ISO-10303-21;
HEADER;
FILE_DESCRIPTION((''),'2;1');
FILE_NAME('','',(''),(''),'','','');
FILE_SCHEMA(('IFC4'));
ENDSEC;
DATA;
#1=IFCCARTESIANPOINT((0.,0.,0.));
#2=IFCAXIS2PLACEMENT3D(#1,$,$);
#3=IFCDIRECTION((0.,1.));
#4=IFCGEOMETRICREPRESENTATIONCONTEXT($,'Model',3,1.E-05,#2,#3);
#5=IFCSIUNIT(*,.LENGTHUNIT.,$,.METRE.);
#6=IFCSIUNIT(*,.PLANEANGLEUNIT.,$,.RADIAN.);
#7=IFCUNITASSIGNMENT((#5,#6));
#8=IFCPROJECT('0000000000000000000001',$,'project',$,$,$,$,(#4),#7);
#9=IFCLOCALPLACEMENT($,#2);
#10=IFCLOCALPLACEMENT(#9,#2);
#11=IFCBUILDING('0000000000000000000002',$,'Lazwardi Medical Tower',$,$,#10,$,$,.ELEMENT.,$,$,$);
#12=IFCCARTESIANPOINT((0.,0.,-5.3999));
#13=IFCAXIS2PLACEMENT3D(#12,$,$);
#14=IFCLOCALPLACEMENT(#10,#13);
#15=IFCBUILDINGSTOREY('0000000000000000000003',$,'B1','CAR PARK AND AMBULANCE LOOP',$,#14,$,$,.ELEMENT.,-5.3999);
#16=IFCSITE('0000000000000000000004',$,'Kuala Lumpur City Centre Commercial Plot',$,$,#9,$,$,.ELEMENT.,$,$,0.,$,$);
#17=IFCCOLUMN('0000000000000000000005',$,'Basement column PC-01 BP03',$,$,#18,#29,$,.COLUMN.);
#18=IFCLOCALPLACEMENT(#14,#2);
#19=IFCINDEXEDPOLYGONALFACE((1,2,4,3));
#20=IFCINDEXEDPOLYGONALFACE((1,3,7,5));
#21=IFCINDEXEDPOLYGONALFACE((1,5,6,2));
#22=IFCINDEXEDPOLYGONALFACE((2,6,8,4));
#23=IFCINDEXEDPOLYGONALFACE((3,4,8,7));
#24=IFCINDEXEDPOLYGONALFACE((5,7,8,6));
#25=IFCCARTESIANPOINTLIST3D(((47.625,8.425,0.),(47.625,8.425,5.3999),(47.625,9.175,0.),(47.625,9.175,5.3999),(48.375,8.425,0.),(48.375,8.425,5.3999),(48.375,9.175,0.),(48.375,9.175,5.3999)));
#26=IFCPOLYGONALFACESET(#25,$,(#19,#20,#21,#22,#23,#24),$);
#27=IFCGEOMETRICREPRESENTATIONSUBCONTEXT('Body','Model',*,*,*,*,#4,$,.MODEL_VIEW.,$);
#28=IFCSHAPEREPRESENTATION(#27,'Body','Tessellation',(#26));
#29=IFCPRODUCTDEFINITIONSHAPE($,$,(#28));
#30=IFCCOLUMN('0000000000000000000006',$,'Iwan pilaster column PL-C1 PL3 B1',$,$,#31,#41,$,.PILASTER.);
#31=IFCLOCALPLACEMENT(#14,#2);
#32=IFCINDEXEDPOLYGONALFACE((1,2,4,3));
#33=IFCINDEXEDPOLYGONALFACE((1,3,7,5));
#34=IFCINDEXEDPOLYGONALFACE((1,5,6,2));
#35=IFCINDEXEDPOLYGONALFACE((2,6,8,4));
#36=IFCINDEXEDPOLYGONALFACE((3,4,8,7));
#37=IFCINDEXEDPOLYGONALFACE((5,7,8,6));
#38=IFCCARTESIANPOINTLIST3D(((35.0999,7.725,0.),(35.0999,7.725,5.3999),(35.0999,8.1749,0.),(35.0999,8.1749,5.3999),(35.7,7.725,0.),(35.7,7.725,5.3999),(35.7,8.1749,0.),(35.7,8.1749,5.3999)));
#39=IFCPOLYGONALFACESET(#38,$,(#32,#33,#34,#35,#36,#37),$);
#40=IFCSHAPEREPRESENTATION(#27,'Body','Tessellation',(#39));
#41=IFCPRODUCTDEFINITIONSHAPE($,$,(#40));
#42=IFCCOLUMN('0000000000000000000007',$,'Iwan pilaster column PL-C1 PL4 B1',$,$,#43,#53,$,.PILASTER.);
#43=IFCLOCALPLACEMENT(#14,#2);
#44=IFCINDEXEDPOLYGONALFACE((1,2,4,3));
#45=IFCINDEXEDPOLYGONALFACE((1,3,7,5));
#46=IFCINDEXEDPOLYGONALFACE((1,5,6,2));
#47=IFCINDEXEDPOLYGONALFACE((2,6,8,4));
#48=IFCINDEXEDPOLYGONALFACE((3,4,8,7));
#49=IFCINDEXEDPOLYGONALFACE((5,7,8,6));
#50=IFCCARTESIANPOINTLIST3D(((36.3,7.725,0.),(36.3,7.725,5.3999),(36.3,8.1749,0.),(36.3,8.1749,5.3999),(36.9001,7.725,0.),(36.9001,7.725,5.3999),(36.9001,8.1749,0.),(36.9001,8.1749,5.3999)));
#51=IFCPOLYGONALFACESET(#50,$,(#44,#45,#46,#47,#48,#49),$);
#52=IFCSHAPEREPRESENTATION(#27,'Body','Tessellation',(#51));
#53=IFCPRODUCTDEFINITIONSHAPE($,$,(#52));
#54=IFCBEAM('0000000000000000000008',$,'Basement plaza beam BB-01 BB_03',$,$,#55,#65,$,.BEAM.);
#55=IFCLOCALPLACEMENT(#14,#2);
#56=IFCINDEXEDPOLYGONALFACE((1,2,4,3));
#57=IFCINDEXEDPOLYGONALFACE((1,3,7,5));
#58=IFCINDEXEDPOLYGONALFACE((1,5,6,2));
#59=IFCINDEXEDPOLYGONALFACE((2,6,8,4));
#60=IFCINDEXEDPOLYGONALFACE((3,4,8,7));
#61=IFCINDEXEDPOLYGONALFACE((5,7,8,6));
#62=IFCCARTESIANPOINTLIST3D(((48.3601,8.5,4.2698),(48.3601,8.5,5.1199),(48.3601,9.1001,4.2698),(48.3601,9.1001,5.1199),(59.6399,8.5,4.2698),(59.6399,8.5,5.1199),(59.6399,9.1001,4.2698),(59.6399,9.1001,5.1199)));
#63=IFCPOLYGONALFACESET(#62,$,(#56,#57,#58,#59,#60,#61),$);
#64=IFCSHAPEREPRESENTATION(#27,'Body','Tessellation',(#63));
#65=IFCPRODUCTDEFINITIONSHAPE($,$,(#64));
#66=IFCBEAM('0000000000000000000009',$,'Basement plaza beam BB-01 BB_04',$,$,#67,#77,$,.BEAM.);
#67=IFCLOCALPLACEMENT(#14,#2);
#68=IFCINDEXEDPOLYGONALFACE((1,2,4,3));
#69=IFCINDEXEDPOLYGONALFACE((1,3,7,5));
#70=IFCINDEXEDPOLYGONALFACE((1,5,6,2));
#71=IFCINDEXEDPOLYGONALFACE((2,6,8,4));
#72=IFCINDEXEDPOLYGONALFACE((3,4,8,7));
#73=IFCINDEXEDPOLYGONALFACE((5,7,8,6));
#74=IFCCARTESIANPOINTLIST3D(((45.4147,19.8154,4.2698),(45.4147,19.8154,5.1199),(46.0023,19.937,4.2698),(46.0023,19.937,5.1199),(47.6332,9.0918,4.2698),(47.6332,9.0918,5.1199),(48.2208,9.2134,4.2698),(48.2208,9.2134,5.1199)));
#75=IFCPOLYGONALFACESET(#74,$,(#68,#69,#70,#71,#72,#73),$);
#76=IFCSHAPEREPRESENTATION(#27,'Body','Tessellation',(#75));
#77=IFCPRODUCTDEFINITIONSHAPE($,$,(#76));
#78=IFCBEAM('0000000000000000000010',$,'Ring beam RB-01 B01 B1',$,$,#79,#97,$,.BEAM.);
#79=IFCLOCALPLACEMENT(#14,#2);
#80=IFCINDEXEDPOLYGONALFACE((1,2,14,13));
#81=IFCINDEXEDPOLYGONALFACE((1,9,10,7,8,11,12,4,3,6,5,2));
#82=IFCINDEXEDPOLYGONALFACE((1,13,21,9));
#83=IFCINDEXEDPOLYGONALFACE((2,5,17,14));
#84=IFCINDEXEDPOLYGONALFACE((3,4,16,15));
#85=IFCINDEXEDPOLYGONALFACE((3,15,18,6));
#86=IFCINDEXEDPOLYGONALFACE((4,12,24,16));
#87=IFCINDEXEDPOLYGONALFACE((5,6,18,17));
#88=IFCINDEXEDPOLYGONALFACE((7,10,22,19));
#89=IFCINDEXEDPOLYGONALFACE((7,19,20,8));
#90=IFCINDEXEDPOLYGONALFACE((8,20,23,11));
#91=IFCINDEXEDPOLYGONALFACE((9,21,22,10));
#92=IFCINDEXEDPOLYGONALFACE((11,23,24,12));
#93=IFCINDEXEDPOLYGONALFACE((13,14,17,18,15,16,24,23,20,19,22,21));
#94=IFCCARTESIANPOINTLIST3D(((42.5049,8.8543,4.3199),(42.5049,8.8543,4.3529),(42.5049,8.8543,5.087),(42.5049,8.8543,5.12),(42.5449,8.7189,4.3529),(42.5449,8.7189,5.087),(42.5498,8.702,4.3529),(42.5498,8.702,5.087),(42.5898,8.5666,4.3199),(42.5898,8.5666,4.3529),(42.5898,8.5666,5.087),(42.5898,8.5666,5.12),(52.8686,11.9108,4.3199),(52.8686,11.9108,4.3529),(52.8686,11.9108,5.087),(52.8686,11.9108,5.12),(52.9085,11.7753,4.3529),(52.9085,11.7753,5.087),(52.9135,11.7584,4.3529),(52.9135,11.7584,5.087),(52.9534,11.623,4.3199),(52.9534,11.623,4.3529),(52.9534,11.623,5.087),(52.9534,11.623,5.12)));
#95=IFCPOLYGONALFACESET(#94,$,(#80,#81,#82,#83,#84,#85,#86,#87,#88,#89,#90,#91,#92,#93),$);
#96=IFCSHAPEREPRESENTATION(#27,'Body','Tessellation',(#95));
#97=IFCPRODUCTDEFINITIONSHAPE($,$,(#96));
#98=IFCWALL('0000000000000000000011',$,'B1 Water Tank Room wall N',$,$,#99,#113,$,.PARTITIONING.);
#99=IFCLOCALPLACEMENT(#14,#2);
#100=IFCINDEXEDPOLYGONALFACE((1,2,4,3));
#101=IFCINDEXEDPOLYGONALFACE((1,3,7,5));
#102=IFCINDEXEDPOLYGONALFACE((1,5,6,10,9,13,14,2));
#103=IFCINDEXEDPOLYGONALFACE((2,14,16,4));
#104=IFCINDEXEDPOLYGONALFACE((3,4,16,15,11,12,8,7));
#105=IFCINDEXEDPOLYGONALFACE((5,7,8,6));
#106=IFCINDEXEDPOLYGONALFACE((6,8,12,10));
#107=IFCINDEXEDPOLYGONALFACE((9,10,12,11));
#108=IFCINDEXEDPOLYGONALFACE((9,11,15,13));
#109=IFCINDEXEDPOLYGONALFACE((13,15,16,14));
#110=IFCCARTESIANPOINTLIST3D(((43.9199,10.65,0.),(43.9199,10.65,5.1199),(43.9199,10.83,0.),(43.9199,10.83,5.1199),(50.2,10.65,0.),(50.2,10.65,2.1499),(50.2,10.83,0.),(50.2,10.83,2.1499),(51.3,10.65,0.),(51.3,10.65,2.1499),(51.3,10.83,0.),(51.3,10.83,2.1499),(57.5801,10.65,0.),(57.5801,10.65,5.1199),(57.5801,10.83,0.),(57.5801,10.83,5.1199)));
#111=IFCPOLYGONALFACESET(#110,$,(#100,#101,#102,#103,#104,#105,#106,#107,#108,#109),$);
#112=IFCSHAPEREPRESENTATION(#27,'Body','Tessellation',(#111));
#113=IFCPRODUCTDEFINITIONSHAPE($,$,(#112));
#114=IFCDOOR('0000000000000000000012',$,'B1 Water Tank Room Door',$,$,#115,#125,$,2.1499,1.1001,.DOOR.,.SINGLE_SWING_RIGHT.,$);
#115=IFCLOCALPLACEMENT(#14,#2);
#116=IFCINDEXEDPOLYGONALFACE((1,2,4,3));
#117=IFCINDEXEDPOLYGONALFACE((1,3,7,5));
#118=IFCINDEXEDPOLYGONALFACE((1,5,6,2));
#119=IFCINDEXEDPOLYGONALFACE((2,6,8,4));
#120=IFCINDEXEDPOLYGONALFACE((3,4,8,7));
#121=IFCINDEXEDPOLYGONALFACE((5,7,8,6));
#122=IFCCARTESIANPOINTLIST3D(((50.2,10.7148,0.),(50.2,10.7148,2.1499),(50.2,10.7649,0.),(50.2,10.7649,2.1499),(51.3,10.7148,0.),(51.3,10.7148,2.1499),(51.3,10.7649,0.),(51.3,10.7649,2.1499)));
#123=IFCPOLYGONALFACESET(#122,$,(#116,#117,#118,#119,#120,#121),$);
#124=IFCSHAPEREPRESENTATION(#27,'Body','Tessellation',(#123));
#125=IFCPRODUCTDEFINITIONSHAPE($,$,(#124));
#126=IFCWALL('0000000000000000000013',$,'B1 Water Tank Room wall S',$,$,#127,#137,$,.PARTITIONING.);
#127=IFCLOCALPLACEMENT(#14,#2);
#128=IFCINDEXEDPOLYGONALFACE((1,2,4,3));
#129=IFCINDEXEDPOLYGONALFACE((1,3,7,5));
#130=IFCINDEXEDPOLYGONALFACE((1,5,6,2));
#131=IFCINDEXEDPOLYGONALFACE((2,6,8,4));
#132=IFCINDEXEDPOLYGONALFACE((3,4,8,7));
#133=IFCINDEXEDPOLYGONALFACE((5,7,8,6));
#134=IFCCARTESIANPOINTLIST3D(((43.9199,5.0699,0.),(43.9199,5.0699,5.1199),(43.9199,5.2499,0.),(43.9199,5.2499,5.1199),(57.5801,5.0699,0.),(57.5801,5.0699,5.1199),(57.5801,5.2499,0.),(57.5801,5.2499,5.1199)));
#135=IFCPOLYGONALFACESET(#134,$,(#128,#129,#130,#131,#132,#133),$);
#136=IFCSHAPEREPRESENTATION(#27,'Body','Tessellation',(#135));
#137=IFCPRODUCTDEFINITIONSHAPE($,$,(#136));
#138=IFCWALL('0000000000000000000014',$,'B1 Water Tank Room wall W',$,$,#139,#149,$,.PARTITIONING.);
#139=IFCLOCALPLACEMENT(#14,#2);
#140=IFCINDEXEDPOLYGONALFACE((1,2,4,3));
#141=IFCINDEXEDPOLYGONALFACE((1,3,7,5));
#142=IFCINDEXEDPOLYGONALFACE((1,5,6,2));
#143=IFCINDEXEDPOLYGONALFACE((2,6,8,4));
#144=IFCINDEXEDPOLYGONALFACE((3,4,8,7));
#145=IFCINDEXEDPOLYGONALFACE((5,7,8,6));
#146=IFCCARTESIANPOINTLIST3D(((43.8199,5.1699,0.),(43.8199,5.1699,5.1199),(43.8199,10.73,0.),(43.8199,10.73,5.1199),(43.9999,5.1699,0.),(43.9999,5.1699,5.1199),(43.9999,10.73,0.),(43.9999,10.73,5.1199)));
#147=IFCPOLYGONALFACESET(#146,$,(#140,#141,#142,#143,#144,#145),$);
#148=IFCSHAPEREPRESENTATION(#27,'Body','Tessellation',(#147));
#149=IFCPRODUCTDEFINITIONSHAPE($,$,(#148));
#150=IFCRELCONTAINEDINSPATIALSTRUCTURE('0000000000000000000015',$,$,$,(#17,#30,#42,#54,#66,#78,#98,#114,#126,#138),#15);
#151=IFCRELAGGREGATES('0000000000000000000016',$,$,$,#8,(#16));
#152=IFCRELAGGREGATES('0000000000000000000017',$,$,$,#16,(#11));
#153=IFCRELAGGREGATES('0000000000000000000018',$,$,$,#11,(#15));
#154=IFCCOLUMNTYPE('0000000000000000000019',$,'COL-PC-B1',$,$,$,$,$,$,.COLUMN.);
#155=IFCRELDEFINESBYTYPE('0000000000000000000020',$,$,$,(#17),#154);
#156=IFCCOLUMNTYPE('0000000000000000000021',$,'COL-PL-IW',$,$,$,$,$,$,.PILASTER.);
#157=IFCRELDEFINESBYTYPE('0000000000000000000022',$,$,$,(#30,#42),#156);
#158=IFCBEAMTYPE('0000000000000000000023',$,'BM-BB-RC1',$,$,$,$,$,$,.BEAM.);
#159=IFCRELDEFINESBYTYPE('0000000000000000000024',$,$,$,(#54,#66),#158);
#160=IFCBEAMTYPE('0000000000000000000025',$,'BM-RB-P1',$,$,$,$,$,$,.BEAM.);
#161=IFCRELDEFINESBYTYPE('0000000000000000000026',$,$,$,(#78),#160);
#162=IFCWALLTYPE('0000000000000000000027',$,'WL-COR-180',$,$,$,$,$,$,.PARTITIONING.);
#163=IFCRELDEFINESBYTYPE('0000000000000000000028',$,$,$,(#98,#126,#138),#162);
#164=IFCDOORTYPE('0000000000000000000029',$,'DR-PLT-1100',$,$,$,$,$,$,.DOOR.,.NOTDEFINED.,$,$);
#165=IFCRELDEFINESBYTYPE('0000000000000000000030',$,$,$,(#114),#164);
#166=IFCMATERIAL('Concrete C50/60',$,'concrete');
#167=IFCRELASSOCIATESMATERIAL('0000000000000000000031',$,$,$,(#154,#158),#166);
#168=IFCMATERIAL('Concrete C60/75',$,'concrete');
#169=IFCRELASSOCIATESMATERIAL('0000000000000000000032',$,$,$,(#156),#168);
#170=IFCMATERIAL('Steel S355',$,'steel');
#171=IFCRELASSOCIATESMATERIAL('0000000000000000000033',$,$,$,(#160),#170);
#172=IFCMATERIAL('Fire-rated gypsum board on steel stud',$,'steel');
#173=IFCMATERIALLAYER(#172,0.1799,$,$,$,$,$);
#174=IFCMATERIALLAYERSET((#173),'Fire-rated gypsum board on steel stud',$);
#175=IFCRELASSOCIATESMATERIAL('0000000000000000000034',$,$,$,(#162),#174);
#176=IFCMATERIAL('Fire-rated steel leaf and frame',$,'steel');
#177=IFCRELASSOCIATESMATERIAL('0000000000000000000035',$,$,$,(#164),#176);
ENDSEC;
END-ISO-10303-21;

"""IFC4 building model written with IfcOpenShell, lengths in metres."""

from ifc_helpers import new_model, si_unit, direction, frame, frame_2d, origin, origin_2d, place, context, subcontext, project, spatial, rectangle, i_section, extrude, material, layer, layer_set, material_profile, profile_set, type_object, element, fill, save


model = new_model("IFC4")

# Units and contexts
model_context = context("Model", 3, precision=1e-05, world=origin(), true_north=direction((0.0, 1.0)))
body_context = subcontext(model_context, "Body", "Model", "MODEL_VIEW")
ifc_project = project(units=[si_unit("LENGTHUNIT", "METRE"), si_unit("PLANEANGLEUNIT", "RADIAN")], contexts=[model_context])

# Site, building, storey
site_placement = place(None, origin())
site = spatial("IfcSite", under=ifc_project, at=site_placement, Name="Kuala Lumpur City Centre Commercial Plot", CompositionType="ELEMENT", RefElevation=0.0)
building_placement = place(site_placement, origin())
building = spatial("IfcBuilding", under=site, at=building_placement, Name="Lazwardi Medical Tower", CompositionType="ELEMENT")
storey_placement = place(building_placement, frame((0.0, 0.0, -5.3999)))
storey = spatial("IfcBuildingStorey", under=building, at=storey_placement, Name="B1", Description="CAR PARK AND AMBULANCE LOOP", CompositionType="ELEMENT", Elevation=-5.3999)

# Shared definitions
ifc_material_1 = material(Name="Concrete C50/60", Category="concrete")

# Columns
ifc_material_profile_1 = material_profile(ifc_material_1, rectangle(XDim=0.75, YDim=0.75, at=origin_2d()), Name="RC 750x750")
ifc_profile_set_1 = profile_set([ifc_material_profile_1], Name="Concrete C50/60")
column_type_1 = type_object("IfcColumnType", Name="COL-PC-B1", PredefinedType="COLUMN", material=ifc_profile_set_1)
column_1_placement = place(storey_placement, frame((48.0, 8.8, 0.0), z_axis=(0.0, 0.0, 1.0), x_axis=(1.0, 0.0, 0.0)))
element("IfcColumn", 1, at=column_1_placement, inside=storey, type_object=column_type_1, Name="Basement column PC-01 BP03", PredefinedType="COLUMN", context=body_context, shape_type="SweptSolid", body=[
    extrude(rectangle(XDim=0.75, YDim=0.75, at=origin_2d()), origin(), (0.0, 0.0, 1.0), 5.3999),
])
ifc_material_2 = material(Name="Concrete C60/75", Category="concrete")
ifc_material_profile_2 = material_profile(ifc_material_2, rectangle(XDim=0.6001, YDim=0.45, at=origin_2d()), Name="RC 600x450")
ifc_profile_set_2 = profile_set([ifc_material_profile_2], Name="Concrete C60/75")
column_type_2 = type_object("IfcColumnType", Name="COL-PL-IW", PredefinedType="PILASTER", material=ifc_profile_set_2)
for number, where, z_axis, x_axis, name in (
    (2, (35.3999, 7.95, 0.0), (0.0, 0.0, 1.0), (1.0, 0.0, 0.0), "Iwan pilaster column PL-C1 PL3 B1"),
    (3, (36.6001, 7.95, 0.0), (0.0, 0.0, 1.0), (1.0, 0.0, 0.0), "Iwan pilaster column PL-C1 PL4 B1"),
):
    element("IfcColumn", number, at=place(storey_placement, frame(where, z_axis=z_axis, x_axis=x_axis)), inside=storey, type_object=column_type_2, Name=name, PredefinedType="PILASTER", context=body_context, shape_type="SweptSolid", body=[
        extrude(rectangle(XDim=0.6001, YDim=0.45, at=origin_2d()), origin(), (0.0, 0.0, 1.0), 5.3999),
    ])

# Beams
ifc_material_profile_3 = material_profile(ifc_material_1, rectangle(XDim=0.6001, YDim=0.8501, at=origin_2d()), Name="RC 600x850")
ifc_profile_set_3 = profile_set([ifc_material_profile_3], Name="Concrete C50/60")
beam_type_1 = type_object("IfcBeamType", Name="BM-BB-RC1", PredefinedType="BEAM", material=ifc_profile_set_3)
beam_1_placement = place(storey_placement, frame((48.3601, 8.8, 4.6948), z_axis=(1.0, 0.0, 0.0), x_axis=(0.0, 1.0, 0.0)))
element("IfcBeam", 4, at=beam_1_placement, inside=storey, type_object=beam_type_1, Name="Basement plaza beam BB-01 BB_03", PredefinedType="BEAM", context=body_context, shape_type="SweptSolid", body=[
    extrude(rectangle(XDim=0.6001, YDim=0.8501, at=origin_2d()), origin(), (0.0, 0.0, 1.0), 11.2798),
])
beam_2_placement = place(storey_placement, frame((47.927, 9.1526, 4.6948), z_axis=(-0.20259, 0.979264, 0.0), x_axis=(-0.979264, -0.20259, 0.0)))
element("IfcBeam", 5, at=beam_2_placement, inside=storey, type_object=beam_type_1, Name="Basement plaza beam BB-01 BB_04", PredefinedType="BEAM", context=body_context, shape_type="SweptSolid", body=[
    extrude(rectangle(XDim=0.6001, YDim=0.8501, at=origin_2d()), origin(), (0.0, 0.0, 1.0), 10.9507),
])
ifc_material_3 = material(Name="Steel S355", Category="steel")
ifc_material_profile_4 = material_profile(ifc_material_3, i_section(OverallWidth=0.3, OverallDepth=0.8, WebThickness=0.0176, FlangeThickness=0.033, at=origin_2d()), Name="HEB 800")
ifc_profile_set_4 = profile_set([ifc_material_profile_4], Name="Steel S355")
beam_type_2 = type_object("IfcBeamType", Name="BM-RB-P1", PredefinedType="BEAM", material=ifc_profile_set_4)
beam_3_placement = place(storey_placement, frame((42.5474, 8.7104, 4.72), z_axis=(0.959157, 0.282873, 0.0), x_axis=(-0.282873, 0.959157, 0.0)))
element("IfcBeam", 6, at=beam_3_placement, inside=storey, type_object=beam_type_2, Name="Ring beam RB-01 B01 B1", PredefinedType="BEAM", context=body_context, shape_type="SweptSolid", body=[
    extrude(i_section(OverallWidth=0.3, OverallDepth=0.8, WebThickness=0.0176, FlangeThickness=0.033, at=origin_2d()), origin(), (0.0, 0.0, 1.0), 10.8049),
])

# Wall, opening, door
ifc_material_4 = material(Name="Fire-rated gypsum board on steel stud", Category="steel")
ifc_layer_1 = layer(ifc_material_4, 0.1799)
ifc_layer_set_1 = layer_set([ifc_layer_1], Name="Fire-rated gypsum board on steel stud")
wall_type_1 = type_object("IfcWallType", Name="WL-COR-180", PredefinedType="PARTITIONING", material=ifc_layer_set_1)
wall_1_placement = place(storey_placement, frame((43.9199, 10.74, 0.0), z_axis=(0.0, 0.0, 1.0), x_axis=(1.0, 0.0, 0.0)))
wall_1 = element("IfcWall", 7, at=wall_1_placement, inside=storey, type_object=wall_type_1, Name="B1 Water Tank Room wall N", PredefinedType="PARTITIONING", context=body_context, shape_type="SweptSolid", body=[
    extrude(rectangle(XDim=13.6602, YDim=0.1799, at=frame_2d((6.8301, 0.0))), origin(), (0.0, 0.0, 1.0), 5.1199),
])
opening_1_placement = place(wall_1_placement, frame((6.28, 0.0, 0.0)))
opening_1 = element("IfcOpeningElement", 8, at=opening_1_placement, cuts=wall_1, PredefinedType="OPENING", context=body_context, shape_type="SweptSolid", body=[
    extrude(rectangle(XDim=1.1001, YDim=2.1499, at=frame_2d((0.55, 1.075))), frame((0.0, 0.0999, 0.0), z_axis=(0.0, -1.0, 0.0), x_axis=(1.0, 0.0, 0.0)), (0.0, 0.0, 1.0), 0.2),
])
ifc_material_5 = material(Name="Fire-rated steel leaf and frame", Category="steel")
door_type_1 = type_object("IfcDoorType", Name="DR-PLT-1100", OperationType="NOTDEFINED", PredefinedType="DOOR", material=ifc_material_5)
door_1_placement = place(opening_1_placement, origin())
door_1 = element("IfcDoor", 9, at=door_1_placement, inside=storey, type_object=door_type_1, Name="B1 Water Tank Room Door", OperationType="SINGLE_SWING_RIGHT", OverallHeight=2.1499, OverallWidth=1.1001, PredefinedType="DOOR", context=body_context, shape_type="SweptSolid", body=[
    extrude(rectangle(XDim=1.1001, YDim=2.1499, at=frame_2d((0.55, 1.075))), frame((0.0, 0.0249, 0.0), z_axis=(0.0, -1.0, 0.0), x_axis=(1.0, 0.0, 0.0)), (0.0, 0.0, 1.0), 0.05),
])
fill(opening_1, door_1)

# Walls
wall_2_placement = place(storey_placement, frame((43.9199, 5.1599, 0.0), z_axis=(0.0, 0.0, 1.0), x_axis=(1.0, 0.0, 0.0)))
element("IfcWall", 10, at=wall_2_placement, inside=storey, type_object=wall_type_1, Name="B1 Water Tank Room wall S", PredefinedType="PARTITIONING", context=body_context, shape_type="SweptSolid", body=[
    extrude(rectangle(XDim=13.6602, YDim=0.1799, at=frame_2d((6.8301, 0.0))), origin(), (0.0, 0.0, 1.0), 5.1199),
])
wall_3_placement = place(storey_placement, frame((43.9099, 5.1699, 0.0), z_axis=(0.0, 0.0, 1.0), x_axis=(0.0, 1.0, 0.0)))
element("IfcWall", 11, at=wall_3_placement, inside=storey, type_object=wall_type_1, Name="B1 Water Tank Room wall W", PredefinedType="PARTITIONING", context=body_context, shape_type="SweptSolid", body=[
    extrude(rectangle(XDim=5.5601, YDim=0.1799, at=frame_2d((2.78, 0.0))), origin(), (0.0, 0.0, 1.0), 5.1199),
])

save(model, "model.ifc")
